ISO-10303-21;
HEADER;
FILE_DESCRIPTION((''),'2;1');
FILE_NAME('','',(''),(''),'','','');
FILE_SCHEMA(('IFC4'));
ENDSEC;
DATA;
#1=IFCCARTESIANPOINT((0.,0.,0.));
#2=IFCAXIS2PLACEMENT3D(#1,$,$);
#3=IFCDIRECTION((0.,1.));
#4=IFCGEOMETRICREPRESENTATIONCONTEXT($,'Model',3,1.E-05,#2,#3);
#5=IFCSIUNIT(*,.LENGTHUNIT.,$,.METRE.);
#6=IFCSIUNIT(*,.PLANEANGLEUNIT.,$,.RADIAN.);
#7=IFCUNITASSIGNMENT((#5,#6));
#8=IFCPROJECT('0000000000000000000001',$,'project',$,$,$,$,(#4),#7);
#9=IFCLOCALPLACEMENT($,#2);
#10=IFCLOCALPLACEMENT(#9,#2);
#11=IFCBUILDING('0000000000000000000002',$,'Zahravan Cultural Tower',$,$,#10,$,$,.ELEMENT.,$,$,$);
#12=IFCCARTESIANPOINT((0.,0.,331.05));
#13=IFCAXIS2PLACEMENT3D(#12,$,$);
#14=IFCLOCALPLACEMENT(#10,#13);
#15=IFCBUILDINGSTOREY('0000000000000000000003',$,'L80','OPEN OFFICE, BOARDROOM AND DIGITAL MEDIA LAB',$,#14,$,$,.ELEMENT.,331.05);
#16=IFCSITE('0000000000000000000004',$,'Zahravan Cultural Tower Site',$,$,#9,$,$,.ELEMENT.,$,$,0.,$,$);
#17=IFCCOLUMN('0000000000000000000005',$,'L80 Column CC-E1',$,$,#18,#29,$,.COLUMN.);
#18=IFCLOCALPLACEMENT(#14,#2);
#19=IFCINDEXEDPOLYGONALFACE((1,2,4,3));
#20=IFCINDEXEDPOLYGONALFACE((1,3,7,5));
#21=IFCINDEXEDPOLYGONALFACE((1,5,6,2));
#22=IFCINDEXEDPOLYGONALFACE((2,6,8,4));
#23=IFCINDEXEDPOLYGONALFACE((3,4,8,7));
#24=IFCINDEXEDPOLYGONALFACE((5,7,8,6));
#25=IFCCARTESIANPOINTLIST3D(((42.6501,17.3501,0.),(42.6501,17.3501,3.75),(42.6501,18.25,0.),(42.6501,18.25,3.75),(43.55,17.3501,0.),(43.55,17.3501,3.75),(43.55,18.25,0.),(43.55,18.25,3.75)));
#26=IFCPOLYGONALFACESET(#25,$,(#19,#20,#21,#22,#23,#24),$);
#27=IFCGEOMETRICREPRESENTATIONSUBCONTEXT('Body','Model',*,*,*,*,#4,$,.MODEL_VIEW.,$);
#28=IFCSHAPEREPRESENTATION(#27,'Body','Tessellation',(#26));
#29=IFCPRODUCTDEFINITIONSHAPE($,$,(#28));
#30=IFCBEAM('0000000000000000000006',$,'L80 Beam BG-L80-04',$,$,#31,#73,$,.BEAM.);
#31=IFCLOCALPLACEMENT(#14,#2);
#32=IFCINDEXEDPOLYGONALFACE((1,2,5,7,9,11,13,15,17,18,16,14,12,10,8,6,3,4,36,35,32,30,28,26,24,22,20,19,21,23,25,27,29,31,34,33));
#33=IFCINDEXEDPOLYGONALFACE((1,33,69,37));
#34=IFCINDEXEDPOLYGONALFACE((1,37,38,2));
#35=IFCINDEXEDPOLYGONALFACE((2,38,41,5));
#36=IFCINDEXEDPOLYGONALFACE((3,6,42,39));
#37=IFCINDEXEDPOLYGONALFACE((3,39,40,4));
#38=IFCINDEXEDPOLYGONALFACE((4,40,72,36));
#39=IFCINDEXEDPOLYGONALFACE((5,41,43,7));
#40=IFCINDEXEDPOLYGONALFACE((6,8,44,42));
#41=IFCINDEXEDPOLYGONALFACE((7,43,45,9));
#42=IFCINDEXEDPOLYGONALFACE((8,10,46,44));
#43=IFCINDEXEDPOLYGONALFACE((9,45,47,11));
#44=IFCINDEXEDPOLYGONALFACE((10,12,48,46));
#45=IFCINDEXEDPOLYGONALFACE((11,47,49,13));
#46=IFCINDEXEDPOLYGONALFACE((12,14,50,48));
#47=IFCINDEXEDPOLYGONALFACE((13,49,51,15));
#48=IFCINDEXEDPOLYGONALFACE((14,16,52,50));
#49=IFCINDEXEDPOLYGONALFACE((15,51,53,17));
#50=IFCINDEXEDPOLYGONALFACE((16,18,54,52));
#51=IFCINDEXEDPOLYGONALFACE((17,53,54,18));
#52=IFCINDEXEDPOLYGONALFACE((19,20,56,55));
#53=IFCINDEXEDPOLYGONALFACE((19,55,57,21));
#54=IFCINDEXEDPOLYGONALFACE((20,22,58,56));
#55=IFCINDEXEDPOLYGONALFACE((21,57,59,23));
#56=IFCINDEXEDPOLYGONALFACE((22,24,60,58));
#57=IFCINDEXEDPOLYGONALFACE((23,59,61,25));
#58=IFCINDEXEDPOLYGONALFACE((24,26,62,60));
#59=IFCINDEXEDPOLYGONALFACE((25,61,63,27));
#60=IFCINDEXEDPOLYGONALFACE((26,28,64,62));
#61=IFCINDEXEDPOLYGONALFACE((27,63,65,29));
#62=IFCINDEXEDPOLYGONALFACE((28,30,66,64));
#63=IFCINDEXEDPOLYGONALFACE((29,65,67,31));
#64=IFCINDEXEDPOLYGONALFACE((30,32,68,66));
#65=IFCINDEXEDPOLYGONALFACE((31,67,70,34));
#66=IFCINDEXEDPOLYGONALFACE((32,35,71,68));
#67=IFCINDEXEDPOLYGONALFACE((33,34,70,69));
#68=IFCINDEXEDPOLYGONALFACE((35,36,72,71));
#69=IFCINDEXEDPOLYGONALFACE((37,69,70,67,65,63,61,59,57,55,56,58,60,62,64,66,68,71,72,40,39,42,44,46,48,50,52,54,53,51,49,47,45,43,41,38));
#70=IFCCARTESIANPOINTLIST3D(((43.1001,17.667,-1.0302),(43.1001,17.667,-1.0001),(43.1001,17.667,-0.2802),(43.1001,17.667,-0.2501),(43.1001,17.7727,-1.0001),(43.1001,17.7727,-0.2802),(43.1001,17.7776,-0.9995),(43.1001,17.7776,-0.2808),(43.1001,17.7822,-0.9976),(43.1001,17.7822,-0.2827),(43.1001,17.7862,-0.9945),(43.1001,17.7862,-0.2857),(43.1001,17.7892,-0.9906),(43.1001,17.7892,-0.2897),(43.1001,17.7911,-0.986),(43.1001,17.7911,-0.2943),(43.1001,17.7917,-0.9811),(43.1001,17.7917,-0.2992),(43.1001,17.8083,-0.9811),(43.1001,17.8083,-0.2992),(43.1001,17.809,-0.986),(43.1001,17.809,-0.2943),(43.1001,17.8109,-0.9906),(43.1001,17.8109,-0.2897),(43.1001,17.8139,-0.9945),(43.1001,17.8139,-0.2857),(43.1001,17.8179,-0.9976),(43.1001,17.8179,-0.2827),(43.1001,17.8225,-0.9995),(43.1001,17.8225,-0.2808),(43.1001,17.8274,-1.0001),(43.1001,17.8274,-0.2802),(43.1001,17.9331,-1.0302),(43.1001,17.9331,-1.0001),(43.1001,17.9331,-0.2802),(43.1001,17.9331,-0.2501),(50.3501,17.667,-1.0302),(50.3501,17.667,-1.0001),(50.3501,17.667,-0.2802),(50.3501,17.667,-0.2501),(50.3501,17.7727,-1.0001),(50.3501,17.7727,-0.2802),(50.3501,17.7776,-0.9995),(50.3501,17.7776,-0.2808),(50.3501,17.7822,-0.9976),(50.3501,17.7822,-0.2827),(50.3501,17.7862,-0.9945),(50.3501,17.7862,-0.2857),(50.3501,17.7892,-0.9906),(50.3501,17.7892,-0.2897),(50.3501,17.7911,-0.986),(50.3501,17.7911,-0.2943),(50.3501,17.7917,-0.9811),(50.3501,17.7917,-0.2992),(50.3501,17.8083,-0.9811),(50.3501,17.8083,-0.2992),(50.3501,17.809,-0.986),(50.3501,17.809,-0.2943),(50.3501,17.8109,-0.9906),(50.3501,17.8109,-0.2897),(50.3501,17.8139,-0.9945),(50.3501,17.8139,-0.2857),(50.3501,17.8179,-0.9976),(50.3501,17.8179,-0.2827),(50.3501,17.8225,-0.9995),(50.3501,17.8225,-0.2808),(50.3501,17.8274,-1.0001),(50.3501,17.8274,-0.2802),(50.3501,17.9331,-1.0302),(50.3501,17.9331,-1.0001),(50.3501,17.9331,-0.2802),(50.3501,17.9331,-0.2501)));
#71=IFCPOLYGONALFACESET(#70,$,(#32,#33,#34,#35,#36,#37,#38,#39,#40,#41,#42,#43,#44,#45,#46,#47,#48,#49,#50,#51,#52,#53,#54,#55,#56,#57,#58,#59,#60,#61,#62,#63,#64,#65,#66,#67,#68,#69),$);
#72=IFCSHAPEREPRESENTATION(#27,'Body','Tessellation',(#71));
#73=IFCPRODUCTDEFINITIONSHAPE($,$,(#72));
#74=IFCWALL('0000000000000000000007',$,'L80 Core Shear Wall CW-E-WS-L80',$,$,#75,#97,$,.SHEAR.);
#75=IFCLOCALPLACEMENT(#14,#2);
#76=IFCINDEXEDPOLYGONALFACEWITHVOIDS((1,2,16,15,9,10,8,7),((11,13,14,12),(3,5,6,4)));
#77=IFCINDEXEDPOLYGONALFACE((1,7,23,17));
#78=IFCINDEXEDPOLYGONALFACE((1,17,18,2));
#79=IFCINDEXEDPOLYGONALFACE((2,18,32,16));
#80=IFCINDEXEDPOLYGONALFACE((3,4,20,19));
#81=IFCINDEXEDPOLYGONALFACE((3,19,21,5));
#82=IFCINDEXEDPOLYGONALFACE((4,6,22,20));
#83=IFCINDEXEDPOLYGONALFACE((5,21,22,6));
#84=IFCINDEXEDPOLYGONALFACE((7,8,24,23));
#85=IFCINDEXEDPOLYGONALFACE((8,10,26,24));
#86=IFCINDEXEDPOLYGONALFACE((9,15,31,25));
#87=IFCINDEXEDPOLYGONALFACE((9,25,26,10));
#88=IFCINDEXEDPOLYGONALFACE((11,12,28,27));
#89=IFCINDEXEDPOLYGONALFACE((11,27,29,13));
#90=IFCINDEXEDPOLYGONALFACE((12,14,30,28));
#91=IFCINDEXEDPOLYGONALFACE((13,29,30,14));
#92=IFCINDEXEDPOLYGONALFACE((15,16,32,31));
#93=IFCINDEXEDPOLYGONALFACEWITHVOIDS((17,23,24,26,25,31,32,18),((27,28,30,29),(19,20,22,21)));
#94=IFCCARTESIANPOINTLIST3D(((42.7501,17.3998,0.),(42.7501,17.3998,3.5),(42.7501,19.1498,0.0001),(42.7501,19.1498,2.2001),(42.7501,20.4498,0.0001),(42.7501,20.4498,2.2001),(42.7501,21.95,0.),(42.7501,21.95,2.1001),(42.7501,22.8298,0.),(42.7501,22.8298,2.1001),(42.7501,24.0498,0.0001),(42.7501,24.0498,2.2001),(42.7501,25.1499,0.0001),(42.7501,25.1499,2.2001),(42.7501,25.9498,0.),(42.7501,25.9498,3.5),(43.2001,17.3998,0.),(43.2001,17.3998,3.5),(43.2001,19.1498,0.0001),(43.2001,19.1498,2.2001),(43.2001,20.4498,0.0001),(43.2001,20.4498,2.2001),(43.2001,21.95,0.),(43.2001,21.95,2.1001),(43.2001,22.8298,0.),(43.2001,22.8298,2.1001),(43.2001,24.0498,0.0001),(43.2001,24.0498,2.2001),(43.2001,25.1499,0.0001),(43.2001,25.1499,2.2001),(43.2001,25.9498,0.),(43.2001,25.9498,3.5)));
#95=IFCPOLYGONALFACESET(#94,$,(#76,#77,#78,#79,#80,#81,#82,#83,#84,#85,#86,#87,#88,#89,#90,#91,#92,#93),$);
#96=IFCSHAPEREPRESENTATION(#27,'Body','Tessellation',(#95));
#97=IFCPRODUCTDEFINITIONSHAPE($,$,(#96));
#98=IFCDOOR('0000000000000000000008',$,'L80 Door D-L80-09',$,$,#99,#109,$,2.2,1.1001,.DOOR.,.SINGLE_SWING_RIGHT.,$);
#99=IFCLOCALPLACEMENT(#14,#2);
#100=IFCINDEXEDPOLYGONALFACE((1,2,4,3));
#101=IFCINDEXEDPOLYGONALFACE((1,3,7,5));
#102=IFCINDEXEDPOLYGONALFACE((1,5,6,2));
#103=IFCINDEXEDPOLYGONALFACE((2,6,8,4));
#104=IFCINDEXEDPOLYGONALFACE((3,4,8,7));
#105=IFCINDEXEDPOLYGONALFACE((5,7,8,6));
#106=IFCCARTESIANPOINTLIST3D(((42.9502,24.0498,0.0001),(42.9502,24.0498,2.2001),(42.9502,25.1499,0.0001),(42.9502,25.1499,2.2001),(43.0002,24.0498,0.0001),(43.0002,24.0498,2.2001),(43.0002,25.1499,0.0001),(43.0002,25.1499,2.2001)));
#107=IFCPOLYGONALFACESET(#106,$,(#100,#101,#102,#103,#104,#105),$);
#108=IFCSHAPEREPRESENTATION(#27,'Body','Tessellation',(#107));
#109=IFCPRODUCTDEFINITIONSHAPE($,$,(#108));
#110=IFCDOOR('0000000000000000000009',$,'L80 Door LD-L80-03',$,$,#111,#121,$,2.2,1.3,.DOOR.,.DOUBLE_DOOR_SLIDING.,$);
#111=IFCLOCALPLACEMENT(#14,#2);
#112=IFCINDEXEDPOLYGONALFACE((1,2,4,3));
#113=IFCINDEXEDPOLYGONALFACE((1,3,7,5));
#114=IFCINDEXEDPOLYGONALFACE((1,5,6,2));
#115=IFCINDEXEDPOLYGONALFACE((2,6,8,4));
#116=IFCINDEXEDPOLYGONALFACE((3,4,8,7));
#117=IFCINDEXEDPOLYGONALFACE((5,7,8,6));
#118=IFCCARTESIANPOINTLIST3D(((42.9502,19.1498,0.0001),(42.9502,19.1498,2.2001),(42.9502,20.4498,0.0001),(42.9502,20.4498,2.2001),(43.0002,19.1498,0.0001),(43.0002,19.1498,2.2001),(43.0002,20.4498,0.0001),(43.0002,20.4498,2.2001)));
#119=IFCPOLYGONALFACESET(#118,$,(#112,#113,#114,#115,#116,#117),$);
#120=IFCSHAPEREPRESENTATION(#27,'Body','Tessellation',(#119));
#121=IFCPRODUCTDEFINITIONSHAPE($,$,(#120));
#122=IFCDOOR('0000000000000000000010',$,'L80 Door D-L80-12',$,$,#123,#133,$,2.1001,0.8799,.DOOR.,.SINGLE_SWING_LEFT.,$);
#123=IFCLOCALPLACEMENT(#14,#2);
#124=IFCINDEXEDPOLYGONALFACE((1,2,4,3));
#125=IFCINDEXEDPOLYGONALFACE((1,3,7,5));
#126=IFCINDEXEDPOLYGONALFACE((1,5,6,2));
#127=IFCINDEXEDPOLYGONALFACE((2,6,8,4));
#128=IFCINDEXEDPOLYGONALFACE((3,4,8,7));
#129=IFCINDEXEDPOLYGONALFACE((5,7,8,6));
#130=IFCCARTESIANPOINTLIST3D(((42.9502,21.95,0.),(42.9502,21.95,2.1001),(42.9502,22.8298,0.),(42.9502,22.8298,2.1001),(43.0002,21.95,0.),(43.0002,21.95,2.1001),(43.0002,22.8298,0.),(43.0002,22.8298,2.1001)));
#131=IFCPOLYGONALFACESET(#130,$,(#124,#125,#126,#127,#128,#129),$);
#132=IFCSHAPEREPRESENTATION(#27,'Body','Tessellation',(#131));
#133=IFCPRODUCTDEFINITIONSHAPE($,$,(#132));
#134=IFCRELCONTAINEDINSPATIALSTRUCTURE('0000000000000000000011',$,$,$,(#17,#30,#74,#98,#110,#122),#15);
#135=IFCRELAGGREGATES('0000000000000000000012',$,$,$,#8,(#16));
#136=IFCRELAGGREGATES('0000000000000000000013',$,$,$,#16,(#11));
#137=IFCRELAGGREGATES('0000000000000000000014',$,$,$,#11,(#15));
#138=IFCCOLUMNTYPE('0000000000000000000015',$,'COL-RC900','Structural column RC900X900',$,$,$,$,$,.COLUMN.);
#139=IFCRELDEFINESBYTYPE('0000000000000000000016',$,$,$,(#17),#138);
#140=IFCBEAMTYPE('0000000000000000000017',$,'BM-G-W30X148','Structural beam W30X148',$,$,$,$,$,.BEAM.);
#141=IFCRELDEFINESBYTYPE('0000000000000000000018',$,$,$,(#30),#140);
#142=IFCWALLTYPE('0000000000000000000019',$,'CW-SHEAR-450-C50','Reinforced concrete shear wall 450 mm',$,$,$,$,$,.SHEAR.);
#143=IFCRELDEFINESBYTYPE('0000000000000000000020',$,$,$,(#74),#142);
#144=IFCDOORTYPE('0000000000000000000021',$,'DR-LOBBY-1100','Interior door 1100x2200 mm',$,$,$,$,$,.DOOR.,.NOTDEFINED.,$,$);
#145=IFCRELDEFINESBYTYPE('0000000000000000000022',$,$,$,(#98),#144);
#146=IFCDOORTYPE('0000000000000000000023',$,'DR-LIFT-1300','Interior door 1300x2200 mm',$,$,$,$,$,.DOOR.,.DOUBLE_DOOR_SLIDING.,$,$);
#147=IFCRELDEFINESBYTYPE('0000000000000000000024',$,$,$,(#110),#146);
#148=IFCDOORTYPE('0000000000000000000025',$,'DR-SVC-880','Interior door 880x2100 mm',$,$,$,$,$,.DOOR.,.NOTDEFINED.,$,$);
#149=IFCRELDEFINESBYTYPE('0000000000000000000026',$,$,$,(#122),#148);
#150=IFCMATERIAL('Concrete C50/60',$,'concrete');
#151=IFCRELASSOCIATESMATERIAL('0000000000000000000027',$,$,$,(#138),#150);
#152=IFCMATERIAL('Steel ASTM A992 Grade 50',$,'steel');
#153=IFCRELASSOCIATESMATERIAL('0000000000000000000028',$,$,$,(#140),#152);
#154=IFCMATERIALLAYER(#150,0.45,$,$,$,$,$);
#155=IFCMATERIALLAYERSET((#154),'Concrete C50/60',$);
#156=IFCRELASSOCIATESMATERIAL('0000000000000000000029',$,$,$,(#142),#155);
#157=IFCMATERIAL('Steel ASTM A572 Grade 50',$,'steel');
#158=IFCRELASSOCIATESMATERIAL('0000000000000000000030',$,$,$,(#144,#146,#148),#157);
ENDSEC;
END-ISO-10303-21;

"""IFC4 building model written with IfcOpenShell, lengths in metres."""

from ifc_helpers import new_model, si_unit, direction, frame, frame_2d, origin, origin_2d, place, context, subcontext, project, spatial, rectangle, i_section, extrude, source, transform, mapped, material, layer, layer_set, material_profile, profile_set, type_object, element, fill, save


model = new_model("IFC4")

# Units and contexts
model_context = context("Model", 3, precision=1e-05, world=origin(), true_north=direction((0.0, 1.0)))
body_context = subcontext(model_context, "Body", "Model", "MODEL_VIEW")
ifc_project = project(units=[si_unit("LENGTHUNIT", "METRE"), si_unit("PLANEANGLEUNIT", "RADIAN")], contexts=[model_context])

# Site, building, storey
site_placement = place(None, origin())
site = spatial("IfcSite", under=ifc_project, at=site_placement, Name="Zahravan Cultural Tower Site", CompositionType="ELEMENT", RefElevation=0.0)
building_placement = place(site_placement, origin())
building = spatial("IfcBuilding", under=site, at=building_placement, Name="Zahravan Cultural Tower", CompositionType="ELEMENT")
storey_placement = place(building_placement, frame((0.0, 0.0, 331.05)))
storey = spatial("IfcBuildingStorey", under=building, at=storey_placement, Name="L80", Description="OPEN OFFICE, BOARDROOM AND DIGITAL MEDIA LAB", CompositionType="ELEMENT", Elevation=331.05)

# Column
ifc_material_1 = material(Name="Concrete C50/60", Category="concrete")
ifc_material_profile_1 = material_profile(ifc_material_1, rectangle(XDim=0.8999, YDim=0.8999, at=origin_2d()), Name="RC900X900")
ifc_profile_set_1 = profile_set([ifc_material_profile_1], Name="Concrete C50/60")
column_type = type_object("IfcColumnType", Name="COL-RC900", Description="Structural column RC900X900", PredefinedType="COLUMN", material=ifc_profile_set_1)
shared_shape_1 = source(origin(), body_context, "Body", "SweptSolid", [
    extrude(rectangle(XDim=0.8999, YDim=0.8999, at=origin_2d()), origin(), (0.0, 0.0, 1.0), 3.75),
])
column_placement = place(storey_placement, frame((43.1001, 17.8, 0.0), z_axis=(0.0, 0.0, 1.0), x_axis=(1.0, 0.0, 0.0)))
element("IfcColumn", 1, at=column_placement, inside=storey, type_object=column_type, Name="L80 Column CC-E1", PredefinedType="COLUMN", context=body_context, shape_type="MappedRepresentation", body=[
    mapped(shared_shape_1, transform((0.0, 0.0, 0.0), x_axis=(1.0, 0.0, 0.0), y_axis=(0.0, 1.0, 0.0), z_axis=(0.0, 0.0, 1.0), scale=1.0)),
])

# Beam
ifc_material_2 = material(Name="Steel ASTM A992 Grade 50", Category="steel")
ifc_material_profile_2 = material_profile(ifc_material_2, i_section(OverallWidth=0.2661, OverallDepth=0.78, WebThickness=0.0166, FlangeThickness=0.03, FilletRadius=0.019, at=origin_2d()), Name="W30X148")
ifc_profile_set_2 = profile_set([ifc_material_profile_2], Name="Steel ASTM A992 Grade 50")
beam_type = type_object("IfcBeamType", Name="BM-G-W30X148", Description="Structural beam W30X148", PredefinedType="BEAM", material=ifc_profile_set_2)
shared_shape_2 = source(origin(), body_context, "Body", "SweptSolid", [
    extrude(i_section(OverallWidth=0.2661, OverallDepth=0.78, WebThickness=0.0166, FlangeThickness=0.03, FilletRadius=0.019, at=origin_2d()), origin(), (0.0, 0.0, 1.0), 7.25),
])
beam_placement = place(storey_placement, frame((43.1001, 17.8, -0.6401), z_axis=(1.0, 0.0, 0.0), x_axis=(0.0, 1.0, 0.0)))
element("IfcBeam", 2, at=beam_placement, inside=storey, type_object=beam_type, Name="L80 Beam BG-L80-04", PredefinedType="BEAM", context=body_context, shape_type="MappedRepresentation", body=[
    mapped(shared_shape_2, transform((0.0, 0.0, 0.0), x_axis=(1.0, 0.0, 0.0), y_axis=(0.0, 1.0, 0.0), z_axis=(0.0, 0.0, 1.0), scale=1.0)),
])

# Wall, openings, doors
ifc_layer_1 = layer(ifc_material_1, 0.45)
ifc_layer_set_1 = layer_set([ifc_layer_1], Name="Concrete C50/60")
wall_type_1 = type_object("IfcWallType", Name="CW-SHEAR-450-C50", Description="Reinforced concrete shear wall 450 mm", PredefinedType="SHEAR", material=ifc_layer_set_1)
wall_1_placement = place(storey_placement, frame((42.9751, 17.3999, 0.0), z_axis=(0.0, 0.0, 1.0), x_axis=(0.0, 1.0, 0.0)))
wall_1 = element("IfcWall", 3, at=wall_1_placement, inside=storey, type_object=wall_type_1, Name="L80 Core Shear Wall CW-E-WS-L80", PredefinedType="SHEAR", context=body_context, shape_type="SweptSolid", body=[
    extrude(rectangle(XDim=8.55, YDim=0.45, at=frame_2d((4.2749, 0.0))), origin(), (0.0, 0.0, 1.0), 3.5),
])
opening_1_placement = place(wall_1_placement, frame((6.6499, 0.0, 0.0)))
opening_1 = element("IfcOpeningElement", 4, at=opening_1_placement, cuts=wall_1, PredefinedType="OPENING", context=body_context, shape_type="SweptSolid", body=[
    extrude(rectangle(XDim=1.1001, YDim=2.2, at=frame_2d((0.55, 1.1001))), frame((0.0, 0.2349, 0.0), z_axis=(0.0, -1.0, 0.0), x_axis=(1.0, 0.0, 0.0)), (0.0, 0.0, 1.0), 0.47),
])
opening_2_placement = place(wall_1_placement, frame((1.75, 0.0, 0.0)))
opening_2 = element("IfcOpeningElement", 5, at=opening_2_placement, cuts=wall_1, PredefinedType="OPENING", context=body_context, shape_type="SweptSolid", body=[
    extrude(rectangle(XDim=1.3, YDim=2.2, at=frame_2d((0.6499, 1.1001))), frame((0.0, 0.2349, 0.0), z_axis=(0.0, -1.0, 0.0), x_axis=(1.0, 0.0, 0.0)), (0.0, 0.0, 1.0), 0.47),
])
opening_3_placement = place(wall_1_placement, frame((4.55, 0.0, 0.0)))
opening_3 = element("IfcOpeningElement", 6, at=opening_3_placement, cuts=wall_1, PredefinedType="OPENING", context=body_context, shape_type="SweptSolid", body=[
    extrude(rectangle(XDim=0.8799, YDim=2.1001, at=frame_2d((0.4399, 1.05))), frame((0.0, 0.2349, 0.0), z_axis=(0.0, -1.0, 0.0), x_axis=(1.0, 0.0, 0.0)), (0.0, 0.0, 1.0), 0.47),
])
ifc_material_3 = material(Name="Steel ASTM A572 Grade 50", Category="steel")
door_type_1 = type_object("IfcDoorType", Name="DR-LOBBY-1100", Description="Interior door 1100x2200 mm", OperationType="NOTDEFINED", PredefinedType="DOOR", material=ifc_material_3)
shared_shape_3 = source(origin(), body_context, "Body", "SweptSolid", [
    extrude(rectangle(XDim=1.1001, YDim=2.2, at=frame_2d((0.55, 1.1001))), frame((0.0, 0.0249, 0.0), z_axis=(0.0, -1.0, 0.0), x_axis=(1.0, 0.0, 0.0)), (0.0, 0.0, 1.0), 0.05),
])
door_1_placement = place(opening_1_placement, origin())
door_1 = element("IfcDoor", 7, at=door_1_placement, inside=storey, type_object=door_type_1, Name="L80 Door D-L80-09", OperationType="SINGLE_SWING_RIGHT", OverallHeight=2.2, OverallWidth=1.1001, PredefinedType="DOOR", context=body_context, shape_type="MappedRepresentation", body=[
    mapped(shared_shape_3, transform((0.0, 0.0, 0.0), x_axis=(1.0, 0.0, 0.0), y_axis=(0.0, 1.0, 0.0), z_axis=(0.0, 0.0, 1.0), scale=1.0)),
])
fill(opening_1, door_1)
door_type_2 = type_object("IfcDoorType", Name="DR-LIFT-1300", Description="Interior door 1300x2200 mm", OperationType="DOUBLE_DOOR_SLIDING", PredefinedType="DOOR", material=ifc_material_3)
shared_shape_4 = source(origin(), body_context, "Body", "SweptSolid", [
    extrude(rectangle(XDim=1.3, YDim=2.2, at=frame_2d((0.6499, 1.1001))), frame((0.0, 0.0249, 0.0), z_axis=(0.0, -1.0, 0.0), x_axis=(1.0, 0.0, 0.0)), (0.0, 0.0, 1.0), 0.05),
])
door_2_placement = place(opening_2_placement, origin())
door_2 = element("IfcDoor", 8, at=door_2_placement, inside=storey, type_object=door_type_2, Name="L80 Door LD-L80-03", OperationType="DOUBLE_DOOR_SLIDING", OverallHeight=2.2, OverallWidth=1.3, PredefinedType="DOOR", context=body_context, shape_type="MappedRepresentation", body=[
    mapped(shared_shape_4, transform((0.0, 0.0, 0.0), x_axis=(1.0, 0.0, 0.0), y_axis=(0.0, 1.0, 0.0), z_axis=(0.0, 0.0, 1.0), scale=1.0)),
])
fill(opening_2, door_2)
door_type_3 = type_object("IfcDoorType", Name="DR-SVC-880", Description="Interior door 880x2100 mm", OperationType="NOTDEFINED", PredefinedType="DOOR", material=ifc_material_3)
shared_shape_5 = source(origin(), body_context, "Body", "SweptSolid", [
    extrude(rectangle(XDim=0.8799, YDim=2.1001, at=frame_2d((0.4399, 1.05))), frame((0.0, 0.0249, 0.0), z_axis=(0.0, -1.0, 0.0), x_axis=(1.0, 0.0, 0.0)), (0.0, 0.0, 1.0), 0.05),
])
door_3_placement = place(opening_3_placement, origin())
door_3 = element("IfcDoor", 9, at=door_3_placement, inside=storey, type_object=door_type_3, Name="L80 Door D-L80-12", OperationType="SINGLE_SWING_LEFT", OverallHeight=2.1001, OverallWidth=0.8799, PredefinedType="DOOR", context=body_context, shape_type="MappedRepresentation", body=[
    mapped(shared_shape_5, transform((0.0, 0.0, 0.0), x_axis=(1.0, 0.0, 0.0), y_axis=(0.0, 1.0, 0.0), z_axis=(0.0, 0.0, 1.0), scale=1.0)),
])
fill(opening_3, door_3)

save(model, "model.ifc")
